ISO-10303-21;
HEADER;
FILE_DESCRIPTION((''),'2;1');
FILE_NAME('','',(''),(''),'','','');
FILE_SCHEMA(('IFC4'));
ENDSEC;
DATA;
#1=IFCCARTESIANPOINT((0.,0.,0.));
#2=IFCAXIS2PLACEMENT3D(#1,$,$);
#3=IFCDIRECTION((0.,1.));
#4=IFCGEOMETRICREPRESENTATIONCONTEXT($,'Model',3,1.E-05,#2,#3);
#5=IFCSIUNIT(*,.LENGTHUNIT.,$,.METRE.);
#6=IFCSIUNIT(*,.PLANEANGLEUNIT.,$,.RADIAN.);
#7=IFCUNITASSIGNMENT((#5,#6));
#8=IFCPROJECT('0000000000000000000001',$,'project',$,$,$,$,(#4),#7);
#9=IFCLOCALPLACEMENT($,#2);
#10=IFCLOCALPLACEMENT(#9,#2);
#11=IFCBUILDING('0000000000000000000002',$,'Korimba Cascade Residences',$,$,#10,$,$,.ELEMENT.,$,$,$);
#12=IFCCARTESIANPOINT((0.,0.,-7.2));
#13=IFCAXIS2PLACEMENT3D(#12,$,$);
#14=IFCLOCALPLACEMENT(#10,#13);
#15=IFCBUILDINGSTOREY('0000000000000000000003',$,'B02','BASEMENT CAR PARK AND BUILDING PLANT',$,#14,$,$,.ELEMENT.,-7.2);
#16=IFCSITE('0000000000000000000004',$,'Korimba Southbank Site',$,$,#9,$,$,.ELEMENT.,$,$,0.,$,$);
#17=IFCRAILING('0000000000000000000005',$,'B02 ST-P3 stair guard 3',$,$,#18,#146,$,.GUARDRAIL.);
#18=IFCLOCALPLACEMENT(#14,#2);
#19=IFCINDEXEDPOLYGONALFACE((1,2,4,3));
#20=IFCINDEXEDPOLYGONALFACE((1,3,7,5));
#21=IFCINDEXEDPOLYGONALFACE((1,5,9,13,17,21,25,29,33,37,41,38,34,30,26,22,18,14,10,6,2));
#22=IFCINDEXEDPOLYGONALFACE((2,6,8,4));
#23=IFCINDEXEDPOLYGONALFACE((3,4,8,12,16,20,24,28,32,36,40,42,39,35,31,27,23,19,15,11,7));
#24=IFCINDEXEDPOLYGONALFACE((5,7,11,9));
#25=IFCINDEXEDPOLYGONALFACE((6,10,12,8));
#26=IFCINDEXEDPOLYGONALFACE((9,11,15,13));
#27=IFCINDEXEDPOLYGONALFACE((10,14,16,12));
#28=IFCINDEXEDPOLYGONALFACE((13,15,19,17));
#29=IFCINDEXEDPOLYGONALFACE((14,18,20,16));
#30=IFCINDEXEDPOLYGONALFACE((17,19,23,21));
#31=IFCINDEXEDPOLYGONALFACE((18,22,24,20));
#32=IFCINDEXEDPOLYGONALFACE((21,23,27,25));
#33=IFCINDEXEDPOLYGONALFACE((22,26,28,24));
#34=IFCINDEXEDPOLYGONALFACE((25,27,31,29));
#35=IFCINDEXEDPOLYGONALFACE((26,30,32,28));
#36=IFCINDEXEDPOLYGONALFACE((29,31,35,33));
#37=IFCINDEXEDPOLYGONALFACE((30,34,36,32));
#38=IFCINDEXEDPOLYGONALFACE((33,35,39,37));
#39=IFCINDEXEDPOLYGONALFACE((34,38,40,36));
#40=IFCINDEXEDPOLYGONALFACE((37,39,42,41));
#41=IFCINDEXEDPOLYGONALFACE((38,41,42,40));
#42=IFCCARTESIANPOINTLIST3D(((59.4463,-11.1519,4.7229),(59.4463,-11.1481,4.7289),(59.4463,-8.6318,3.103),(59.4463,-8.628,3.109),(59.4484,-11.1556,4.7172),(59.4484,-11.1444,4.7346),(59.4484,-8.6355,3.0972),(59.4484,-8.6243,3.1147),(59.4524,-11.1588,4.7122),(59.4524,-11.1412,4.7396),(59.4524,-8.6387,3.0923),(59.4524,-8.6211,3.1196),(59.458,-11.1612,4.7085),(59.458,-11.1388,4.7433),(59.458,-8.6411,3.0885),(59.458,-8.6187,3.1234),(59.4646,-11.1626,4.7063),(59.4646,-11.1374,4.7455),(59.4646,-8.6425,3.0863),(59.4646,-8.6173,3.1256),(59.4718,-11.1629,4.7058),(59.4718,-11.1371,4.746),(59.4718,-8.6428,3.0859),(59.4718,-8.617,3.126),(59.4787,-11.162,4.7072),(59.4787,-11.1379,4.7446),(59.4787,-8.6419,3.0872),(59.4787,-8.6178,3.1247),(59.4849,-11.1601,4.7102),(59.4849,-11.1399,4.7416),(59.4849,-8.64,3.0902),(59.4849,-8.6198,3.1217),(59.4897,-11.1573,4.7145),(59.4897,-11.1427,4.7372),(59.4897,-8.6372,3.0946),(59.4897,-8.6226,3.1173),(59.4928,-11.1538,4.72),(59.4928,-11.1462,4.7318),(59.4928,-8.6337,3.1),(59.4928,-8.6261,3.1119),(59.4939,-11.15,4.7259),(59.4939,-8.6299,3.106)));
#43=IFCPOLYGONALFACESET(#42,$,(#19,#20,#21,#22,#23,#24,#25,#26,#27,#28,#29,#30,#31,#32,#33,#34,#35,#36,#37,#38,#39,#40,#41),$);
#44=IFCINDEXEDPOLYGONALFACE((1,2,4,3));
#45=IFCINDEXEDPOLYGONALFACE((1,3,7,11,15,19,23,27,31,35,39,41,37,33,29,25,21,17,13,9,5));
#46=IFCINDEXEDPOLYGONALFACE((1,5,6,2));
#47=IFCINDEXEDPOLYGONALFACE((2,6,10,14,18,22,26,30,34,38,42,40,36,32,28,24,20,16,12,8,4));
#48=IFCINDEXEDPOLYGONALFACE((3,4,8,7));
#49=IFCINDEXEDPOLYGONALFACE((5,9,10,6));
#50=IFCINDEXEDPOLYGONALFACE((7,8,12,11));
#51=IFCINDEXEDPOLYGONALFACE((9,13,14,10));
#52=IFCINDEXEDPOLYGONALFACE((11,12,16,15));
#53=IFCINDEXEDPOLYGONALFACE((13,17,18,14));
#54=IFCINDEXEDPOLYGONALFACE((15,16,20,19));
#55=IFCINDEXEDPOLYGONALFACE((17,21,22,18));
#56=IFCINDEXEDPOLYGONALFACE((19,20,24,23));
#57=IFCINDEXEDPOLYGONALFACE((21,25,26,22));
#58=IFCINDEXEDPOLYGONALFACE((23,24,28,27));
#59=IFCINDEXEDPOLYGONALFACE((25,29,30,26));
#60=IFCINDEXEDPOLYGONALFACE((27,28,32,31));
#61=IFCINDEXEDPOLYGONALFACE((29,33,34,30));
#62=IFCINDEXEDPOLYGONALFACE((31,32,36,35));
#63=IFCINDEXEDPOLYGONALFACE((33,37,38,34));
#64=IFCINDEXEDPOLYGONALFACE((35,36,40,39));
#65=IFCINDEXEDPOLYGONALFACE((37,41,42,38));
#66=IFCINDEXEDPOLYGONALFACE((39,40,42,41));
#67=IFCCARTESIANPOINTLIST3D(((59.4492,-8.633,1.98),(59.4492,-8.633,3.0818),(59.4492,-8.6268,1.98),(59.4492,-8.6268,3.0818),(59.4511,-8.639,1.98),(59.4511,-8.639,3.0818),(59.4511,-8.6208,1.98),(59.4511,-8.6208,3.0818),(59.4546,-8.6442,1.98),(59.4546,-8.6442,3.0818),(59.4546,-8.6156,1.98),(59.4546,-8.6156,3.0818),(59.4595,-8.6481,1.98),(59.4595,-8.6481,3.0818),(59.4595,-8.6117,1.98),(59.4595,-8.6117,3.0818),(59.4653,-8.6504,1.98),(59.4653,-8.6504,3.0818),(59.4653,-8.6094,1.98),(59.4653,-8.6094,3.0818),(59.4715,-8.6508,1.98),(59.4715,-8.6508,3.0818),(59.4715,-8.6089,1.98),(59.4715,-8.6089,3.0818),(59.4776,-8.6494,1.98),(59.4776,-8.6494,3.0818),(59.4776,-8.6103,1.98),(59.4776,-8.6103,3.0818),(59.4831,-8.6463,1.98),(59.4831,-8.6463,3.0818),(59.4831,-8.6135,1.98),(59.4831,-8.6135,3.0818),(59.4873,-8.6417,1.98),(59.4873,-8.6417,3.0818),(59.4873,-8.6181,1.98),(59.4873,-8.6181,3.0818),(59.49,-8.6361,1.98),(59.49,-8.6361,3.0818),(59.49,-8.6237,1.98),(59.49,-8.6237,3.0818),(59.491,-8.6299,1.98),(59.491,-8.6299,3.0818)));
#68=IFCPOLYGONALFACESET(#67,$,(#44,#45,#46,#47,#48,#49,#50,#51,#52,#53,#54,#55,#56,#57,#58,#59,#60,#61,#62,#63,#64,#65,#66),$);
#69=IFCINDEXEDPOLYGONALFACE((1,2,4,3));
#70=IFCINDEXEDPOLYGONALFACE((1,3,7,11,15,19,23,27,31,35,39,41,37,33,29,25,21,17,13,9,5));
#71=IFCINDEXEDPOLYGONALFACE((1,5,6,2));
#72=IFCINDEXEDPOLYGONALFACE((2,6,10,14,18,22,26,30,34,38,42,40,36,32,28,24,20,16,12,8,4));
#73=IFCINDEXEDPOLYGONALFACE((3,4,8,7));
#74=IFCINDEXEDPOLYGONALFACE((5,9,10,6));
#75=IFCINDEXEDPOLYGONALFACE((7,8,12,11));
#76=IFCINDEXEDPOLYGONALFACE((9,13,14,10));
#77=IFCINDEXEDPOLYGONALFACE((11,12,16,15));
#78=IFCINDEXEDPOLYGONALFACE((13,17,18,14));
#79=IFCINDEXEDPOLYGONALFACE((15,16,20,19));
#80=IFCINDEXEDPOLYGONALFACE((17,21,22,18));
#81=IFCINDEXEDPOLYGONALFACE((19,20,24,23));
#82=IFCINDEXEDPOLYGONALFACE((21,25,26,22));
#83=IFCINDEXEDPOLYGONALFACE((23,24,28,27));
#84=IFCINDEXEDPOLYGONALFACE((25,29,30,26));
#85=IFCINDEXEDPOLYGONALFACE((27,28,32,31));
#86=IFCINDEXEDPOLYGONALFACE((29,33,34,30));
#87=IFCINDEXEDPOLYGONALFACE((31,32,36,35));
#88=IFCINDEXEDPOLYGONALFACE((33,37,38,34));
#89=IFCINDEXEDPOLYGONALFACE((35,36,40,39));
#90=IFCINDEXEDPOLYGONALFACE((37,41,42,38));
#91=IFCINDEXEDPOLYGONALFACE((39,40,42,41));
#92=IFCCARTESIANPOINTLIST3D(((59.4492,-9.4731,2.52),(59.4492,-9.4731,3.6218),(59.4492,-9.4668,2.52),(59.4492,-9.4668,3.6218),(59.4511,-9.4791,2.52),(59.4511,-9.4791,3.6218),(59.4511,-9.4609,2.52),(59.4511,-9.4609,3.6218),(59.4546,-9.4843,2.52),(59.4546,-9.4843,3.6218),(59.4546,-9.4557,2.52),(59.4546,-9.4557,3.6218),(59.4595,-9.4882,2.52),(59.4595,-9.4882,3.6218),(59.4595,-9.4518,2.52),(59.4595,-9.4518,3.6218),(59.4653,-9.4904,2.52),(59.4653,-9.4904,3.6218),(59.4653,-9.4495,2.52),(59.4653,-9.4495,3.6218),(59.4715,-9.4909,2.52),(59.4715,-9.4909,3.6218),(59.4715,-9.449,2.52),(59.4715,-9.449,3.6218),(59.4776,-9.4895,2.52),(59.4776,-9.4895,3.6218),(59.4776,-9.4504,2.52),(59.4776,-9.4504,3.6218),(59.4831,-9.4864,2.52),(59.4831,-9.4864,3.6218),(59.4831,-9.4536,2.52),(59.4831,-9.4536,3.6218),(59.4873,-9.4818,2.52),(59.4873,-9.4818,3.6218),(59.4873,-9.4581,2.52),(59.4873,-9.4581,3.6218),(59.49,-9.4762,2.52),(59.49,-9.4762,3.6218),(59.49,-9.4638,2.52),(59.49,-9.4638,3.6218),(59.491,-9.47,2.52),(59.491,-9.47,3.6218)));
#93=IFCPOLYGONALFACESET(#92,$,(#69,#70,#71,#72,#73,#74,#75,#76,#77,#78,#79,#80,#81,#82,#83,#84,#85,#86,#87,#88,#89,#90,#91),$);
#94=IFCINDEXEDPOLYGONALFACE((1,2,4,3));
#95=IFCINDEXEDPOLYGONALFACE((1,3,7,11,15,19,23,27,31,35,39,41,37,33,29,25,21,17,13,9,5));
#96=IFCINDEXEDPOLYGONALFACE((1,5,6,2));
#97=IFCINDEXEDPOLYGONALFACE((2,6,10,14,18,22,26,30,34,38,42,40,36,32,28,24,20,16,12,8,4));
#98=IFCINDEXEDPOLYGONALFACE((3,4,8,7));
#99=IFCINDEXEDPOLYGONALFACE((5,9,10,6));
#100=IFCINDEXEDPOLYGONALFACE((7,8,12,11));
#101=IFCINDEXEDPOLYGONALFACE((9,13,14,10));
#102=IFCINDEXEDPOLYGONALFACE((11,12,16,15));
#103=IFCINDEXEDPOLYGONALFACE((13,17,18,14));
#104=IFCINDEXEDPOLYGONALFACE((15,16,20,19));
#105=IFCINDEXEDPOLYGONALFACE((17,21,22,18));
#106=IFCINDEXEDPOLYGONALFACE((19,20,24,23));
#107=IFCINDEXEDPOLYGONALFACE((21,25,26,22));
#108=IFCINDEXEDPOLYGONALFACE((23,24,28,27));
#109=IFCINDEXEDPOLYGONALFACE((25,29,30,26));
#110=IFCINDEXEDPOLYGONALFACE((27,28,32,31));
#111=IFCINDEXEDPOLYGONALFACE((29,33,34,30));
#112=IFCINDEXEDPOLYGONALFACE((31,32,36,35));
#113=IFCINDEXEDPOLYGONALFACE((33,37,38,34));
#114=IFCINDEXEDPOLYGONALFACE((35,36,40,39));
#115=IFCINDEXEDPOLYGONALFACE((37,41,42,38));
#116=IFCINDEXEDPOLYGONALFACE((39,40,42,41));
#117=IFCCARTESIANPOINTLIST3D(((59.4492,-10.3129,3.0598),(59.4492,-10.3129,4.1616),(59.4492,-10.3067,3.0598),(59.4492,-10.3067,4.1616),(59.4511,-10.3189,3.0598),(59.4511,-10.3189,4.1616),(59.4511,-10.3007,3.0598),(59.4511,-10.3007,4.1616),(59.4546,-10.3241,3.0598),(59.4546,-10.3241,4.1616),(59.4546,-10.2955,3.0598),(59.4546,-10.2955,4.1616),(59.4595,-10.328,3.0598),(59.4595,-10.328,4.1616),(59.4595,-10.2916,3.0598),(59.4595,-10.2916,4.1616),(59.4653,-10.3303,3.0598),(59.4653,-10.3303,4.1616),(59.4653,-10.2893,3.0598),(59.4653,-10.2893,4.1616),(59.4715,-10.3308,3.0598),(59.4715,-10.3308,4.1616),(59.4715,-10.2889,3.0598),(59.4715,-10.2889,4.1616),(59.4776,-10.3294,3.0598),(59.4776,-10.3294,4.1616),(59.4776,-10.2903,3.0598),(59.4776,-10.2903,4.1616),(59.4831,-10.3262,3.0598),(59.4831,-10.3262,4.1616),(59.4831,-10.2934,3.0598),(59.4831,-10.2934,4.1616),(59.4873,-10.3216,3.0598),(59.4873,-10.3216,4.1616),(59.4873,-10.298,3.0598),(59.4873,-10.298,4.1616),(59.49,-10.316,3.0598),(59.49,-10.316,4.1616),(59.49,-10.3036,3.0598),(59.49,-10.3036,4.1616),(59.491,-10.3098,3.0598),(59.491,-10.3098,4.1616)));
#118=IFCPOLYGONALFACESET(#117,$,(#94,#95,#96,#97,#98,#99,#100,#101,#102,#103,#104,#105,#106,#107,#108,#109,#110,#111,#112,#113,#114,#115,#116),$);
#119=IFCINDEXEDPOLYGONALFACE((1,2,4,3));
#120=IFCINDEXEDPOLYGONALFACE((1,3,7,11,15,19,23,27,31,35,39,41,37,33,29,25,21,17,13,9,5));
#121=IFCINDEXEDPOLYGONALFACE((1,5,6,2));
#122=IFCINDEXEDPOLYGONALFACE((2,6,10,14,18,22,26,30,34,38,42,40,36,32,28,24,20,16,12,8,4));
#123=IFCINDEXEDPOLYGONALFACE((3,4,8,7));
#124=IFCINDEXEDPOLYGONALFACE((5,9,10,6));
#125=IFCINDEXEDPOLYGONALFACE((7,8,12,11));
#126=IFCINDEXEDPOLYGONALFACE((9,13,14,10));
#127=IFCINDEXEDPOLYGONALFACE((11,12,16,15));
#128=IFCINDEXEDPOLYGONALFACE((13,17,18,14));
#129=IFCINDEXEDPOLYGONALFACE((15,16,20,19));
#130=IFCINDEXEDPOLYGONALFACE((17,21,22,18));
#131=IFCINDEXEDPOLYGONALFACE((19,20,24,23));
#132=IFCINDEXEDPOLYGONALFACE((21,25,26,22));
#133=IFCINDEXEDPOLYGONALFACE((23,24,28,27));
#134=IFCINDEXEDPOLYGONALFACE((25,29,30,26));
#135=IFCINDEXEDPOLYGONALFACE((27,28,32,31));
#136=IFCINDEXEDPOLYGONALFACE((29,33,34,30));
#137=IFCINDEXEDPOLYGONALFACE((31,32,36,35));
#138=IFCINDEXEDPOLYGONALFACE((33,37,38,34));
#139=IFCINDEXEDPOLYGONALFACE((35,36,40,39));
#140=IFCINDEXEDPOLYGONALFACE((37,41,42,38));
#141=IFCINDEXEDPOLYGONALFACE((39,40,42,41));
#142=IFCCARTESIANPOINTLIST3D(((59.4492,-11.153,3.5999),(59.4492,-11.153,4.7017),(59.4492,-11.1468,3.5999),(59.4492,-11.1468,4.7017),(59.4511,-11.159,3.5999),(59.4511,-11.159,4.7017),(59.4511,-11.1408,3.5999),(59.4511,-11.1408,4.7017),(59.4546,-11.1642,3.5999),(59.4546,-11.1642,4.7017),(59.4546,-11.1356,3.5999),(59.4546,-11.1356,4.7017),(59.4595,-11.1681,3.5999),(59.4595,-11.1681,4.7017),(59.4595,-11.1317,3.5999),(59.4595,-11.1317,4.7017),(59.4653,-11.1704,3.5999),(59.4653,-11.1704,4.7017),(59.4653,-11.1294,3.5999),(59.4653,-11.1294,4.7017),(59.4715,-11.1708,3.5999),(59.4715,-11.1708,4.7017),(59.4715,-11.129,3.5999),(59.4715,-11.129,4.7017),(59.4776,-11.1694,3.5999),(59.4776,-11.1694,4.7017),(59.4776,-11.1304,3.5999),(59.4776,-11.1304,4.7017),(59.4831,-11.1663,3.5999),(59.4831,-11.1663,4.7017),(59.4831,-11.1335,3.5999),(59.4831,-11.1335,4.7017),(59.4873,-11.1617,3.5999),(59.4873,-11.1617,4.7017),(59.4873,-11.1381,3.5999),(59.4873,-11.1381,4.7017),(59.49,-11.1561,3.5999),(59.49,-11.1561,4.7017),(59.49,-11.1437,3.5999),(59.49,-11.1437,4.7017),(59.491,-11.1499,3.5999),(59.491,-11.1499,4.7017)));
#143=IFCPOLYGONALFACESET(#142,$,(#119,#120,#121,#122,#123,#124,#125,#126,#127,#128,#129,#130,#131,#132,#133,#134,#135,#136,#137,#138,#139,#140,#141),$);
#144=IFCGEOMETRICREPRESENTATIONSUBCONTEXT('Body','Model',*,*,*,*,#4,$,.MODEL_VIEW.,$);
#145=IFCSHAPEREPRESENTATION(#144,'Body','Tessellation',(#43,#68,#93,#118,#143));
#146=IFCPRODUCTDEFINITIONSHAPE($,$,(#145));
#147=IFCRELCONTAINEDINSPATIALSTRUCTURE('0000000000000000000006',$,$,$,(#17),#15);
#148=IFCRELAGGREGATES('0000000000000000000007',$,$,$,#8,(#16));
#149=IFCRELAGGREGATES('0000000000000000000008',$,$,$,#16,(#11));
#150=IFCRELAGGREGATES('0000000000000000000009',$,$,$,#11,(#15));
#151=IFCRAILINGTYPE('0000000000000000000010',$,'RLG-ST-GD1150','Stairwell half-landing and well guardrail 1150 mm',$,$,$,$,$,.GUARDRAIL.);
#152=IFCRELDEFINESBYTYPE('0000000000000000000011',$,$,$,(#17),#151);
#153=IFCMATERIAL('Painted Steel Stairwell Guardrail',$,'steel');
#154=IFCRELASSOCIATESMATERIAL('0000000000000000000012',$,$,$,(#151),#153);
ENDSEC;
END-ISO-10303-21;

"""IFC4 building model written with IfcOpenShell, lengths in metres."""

from ifc_helpers import new_model, si_unit, direction, frame, origin, origin_2d, place, context, subcontext, project, spatial, circle, extrude, material, type_object, element, save


model = new_model("IFC4")

# Units and contexts
model_context = context("Model", 3, precision=1e-05, world=origin(), true_north=direction((0.0, 1.0)))
body_context = subcontext(model_context, "Body", "Model", "MODEL_VIEW")
ifc_project = project(units=[si_unit("LENGTHUNIT", "METRE"), si_unit("PLANEANGLEUNIT", "RADIAN")], contexts=[model_context])

# Site, building, storey
site_placement = place(None, origin())
site = spatial("IfcSite", under=ifc_project, at=site_placement, Name="Korimba Southbank Site", CompositionType="ELEMENT", RefElevation=0.0)
building_placement = place(site_placement, origin())
building = spatial("IfcBuilding", under=site, at=building_placement, Name="Korimba Cascade Residences", CompositionType="ELEMENT")
storey_placement = place(building_placement, frame((0.0, 0.0, -7.2)))
storey = spatial("IfcBuildingStorey", under=building, at=storey_placement, Name="B02", Description="BASEMENT CAR PARK AND BUILDING PLANT", CompositionType="ELEMENT", Elevation=-7.2)

# Railing
ifc_material_1 = material(Name="Painted Steel Stairwell Guardrail", Category="steel")
railing_type_1 = type_object("IfcRailingType", Name="RLG-ST-GD1150", Description="Stairwell half-landing and well guardrail 1150 mm", PredefinedType="GUARDRAIL", material=ifc_material_1)
railing_1_placement = place(storey_placement, frame((59.47, -8.6299, 1.98)))
element("IfcRailing", 1, at=railing_1_placement, inside=storey, type_object=railing_type_1, Name="B02 ST-P3 stair guard 3", PredefinedType="GUARDRAIL", context=body_context, shape_type="SweptSolid", body=[
    extrude(circle(Radius=0.0239, at=origin_2d()), frame((0.0, 0.0, 1.126), z_axis=(0.0, -0.8412, 0.540725), x_axis=(1.0, 0.0, 0.0)), (0.0, 0.0, 1.0), 2.9958),
    extrude(circle(Radius=0.021, at=origin_2d()), origin(), (0.0, 0.0, 1.0), 1.1018),
    extrude(circle(Radius=0.021, at=origin_2d()), frame((0.0, -0.8401, 0.54)), (0.0, 0.0, 1.0), 1.1018),
    extrude(circle(Radius=0.021, at=origin_2d()), frame((0.0, -1.6799, 1.0798)), (0.0, 0.0, 1.0), 1.1018),
    extrude(circle(Radius=0.021, at=origin_2d()), frame((0.0, -2.52, 1.6199)), (0.0, 0.0, 1.0), 1.1018),
])

save(model, "model.ifc")
